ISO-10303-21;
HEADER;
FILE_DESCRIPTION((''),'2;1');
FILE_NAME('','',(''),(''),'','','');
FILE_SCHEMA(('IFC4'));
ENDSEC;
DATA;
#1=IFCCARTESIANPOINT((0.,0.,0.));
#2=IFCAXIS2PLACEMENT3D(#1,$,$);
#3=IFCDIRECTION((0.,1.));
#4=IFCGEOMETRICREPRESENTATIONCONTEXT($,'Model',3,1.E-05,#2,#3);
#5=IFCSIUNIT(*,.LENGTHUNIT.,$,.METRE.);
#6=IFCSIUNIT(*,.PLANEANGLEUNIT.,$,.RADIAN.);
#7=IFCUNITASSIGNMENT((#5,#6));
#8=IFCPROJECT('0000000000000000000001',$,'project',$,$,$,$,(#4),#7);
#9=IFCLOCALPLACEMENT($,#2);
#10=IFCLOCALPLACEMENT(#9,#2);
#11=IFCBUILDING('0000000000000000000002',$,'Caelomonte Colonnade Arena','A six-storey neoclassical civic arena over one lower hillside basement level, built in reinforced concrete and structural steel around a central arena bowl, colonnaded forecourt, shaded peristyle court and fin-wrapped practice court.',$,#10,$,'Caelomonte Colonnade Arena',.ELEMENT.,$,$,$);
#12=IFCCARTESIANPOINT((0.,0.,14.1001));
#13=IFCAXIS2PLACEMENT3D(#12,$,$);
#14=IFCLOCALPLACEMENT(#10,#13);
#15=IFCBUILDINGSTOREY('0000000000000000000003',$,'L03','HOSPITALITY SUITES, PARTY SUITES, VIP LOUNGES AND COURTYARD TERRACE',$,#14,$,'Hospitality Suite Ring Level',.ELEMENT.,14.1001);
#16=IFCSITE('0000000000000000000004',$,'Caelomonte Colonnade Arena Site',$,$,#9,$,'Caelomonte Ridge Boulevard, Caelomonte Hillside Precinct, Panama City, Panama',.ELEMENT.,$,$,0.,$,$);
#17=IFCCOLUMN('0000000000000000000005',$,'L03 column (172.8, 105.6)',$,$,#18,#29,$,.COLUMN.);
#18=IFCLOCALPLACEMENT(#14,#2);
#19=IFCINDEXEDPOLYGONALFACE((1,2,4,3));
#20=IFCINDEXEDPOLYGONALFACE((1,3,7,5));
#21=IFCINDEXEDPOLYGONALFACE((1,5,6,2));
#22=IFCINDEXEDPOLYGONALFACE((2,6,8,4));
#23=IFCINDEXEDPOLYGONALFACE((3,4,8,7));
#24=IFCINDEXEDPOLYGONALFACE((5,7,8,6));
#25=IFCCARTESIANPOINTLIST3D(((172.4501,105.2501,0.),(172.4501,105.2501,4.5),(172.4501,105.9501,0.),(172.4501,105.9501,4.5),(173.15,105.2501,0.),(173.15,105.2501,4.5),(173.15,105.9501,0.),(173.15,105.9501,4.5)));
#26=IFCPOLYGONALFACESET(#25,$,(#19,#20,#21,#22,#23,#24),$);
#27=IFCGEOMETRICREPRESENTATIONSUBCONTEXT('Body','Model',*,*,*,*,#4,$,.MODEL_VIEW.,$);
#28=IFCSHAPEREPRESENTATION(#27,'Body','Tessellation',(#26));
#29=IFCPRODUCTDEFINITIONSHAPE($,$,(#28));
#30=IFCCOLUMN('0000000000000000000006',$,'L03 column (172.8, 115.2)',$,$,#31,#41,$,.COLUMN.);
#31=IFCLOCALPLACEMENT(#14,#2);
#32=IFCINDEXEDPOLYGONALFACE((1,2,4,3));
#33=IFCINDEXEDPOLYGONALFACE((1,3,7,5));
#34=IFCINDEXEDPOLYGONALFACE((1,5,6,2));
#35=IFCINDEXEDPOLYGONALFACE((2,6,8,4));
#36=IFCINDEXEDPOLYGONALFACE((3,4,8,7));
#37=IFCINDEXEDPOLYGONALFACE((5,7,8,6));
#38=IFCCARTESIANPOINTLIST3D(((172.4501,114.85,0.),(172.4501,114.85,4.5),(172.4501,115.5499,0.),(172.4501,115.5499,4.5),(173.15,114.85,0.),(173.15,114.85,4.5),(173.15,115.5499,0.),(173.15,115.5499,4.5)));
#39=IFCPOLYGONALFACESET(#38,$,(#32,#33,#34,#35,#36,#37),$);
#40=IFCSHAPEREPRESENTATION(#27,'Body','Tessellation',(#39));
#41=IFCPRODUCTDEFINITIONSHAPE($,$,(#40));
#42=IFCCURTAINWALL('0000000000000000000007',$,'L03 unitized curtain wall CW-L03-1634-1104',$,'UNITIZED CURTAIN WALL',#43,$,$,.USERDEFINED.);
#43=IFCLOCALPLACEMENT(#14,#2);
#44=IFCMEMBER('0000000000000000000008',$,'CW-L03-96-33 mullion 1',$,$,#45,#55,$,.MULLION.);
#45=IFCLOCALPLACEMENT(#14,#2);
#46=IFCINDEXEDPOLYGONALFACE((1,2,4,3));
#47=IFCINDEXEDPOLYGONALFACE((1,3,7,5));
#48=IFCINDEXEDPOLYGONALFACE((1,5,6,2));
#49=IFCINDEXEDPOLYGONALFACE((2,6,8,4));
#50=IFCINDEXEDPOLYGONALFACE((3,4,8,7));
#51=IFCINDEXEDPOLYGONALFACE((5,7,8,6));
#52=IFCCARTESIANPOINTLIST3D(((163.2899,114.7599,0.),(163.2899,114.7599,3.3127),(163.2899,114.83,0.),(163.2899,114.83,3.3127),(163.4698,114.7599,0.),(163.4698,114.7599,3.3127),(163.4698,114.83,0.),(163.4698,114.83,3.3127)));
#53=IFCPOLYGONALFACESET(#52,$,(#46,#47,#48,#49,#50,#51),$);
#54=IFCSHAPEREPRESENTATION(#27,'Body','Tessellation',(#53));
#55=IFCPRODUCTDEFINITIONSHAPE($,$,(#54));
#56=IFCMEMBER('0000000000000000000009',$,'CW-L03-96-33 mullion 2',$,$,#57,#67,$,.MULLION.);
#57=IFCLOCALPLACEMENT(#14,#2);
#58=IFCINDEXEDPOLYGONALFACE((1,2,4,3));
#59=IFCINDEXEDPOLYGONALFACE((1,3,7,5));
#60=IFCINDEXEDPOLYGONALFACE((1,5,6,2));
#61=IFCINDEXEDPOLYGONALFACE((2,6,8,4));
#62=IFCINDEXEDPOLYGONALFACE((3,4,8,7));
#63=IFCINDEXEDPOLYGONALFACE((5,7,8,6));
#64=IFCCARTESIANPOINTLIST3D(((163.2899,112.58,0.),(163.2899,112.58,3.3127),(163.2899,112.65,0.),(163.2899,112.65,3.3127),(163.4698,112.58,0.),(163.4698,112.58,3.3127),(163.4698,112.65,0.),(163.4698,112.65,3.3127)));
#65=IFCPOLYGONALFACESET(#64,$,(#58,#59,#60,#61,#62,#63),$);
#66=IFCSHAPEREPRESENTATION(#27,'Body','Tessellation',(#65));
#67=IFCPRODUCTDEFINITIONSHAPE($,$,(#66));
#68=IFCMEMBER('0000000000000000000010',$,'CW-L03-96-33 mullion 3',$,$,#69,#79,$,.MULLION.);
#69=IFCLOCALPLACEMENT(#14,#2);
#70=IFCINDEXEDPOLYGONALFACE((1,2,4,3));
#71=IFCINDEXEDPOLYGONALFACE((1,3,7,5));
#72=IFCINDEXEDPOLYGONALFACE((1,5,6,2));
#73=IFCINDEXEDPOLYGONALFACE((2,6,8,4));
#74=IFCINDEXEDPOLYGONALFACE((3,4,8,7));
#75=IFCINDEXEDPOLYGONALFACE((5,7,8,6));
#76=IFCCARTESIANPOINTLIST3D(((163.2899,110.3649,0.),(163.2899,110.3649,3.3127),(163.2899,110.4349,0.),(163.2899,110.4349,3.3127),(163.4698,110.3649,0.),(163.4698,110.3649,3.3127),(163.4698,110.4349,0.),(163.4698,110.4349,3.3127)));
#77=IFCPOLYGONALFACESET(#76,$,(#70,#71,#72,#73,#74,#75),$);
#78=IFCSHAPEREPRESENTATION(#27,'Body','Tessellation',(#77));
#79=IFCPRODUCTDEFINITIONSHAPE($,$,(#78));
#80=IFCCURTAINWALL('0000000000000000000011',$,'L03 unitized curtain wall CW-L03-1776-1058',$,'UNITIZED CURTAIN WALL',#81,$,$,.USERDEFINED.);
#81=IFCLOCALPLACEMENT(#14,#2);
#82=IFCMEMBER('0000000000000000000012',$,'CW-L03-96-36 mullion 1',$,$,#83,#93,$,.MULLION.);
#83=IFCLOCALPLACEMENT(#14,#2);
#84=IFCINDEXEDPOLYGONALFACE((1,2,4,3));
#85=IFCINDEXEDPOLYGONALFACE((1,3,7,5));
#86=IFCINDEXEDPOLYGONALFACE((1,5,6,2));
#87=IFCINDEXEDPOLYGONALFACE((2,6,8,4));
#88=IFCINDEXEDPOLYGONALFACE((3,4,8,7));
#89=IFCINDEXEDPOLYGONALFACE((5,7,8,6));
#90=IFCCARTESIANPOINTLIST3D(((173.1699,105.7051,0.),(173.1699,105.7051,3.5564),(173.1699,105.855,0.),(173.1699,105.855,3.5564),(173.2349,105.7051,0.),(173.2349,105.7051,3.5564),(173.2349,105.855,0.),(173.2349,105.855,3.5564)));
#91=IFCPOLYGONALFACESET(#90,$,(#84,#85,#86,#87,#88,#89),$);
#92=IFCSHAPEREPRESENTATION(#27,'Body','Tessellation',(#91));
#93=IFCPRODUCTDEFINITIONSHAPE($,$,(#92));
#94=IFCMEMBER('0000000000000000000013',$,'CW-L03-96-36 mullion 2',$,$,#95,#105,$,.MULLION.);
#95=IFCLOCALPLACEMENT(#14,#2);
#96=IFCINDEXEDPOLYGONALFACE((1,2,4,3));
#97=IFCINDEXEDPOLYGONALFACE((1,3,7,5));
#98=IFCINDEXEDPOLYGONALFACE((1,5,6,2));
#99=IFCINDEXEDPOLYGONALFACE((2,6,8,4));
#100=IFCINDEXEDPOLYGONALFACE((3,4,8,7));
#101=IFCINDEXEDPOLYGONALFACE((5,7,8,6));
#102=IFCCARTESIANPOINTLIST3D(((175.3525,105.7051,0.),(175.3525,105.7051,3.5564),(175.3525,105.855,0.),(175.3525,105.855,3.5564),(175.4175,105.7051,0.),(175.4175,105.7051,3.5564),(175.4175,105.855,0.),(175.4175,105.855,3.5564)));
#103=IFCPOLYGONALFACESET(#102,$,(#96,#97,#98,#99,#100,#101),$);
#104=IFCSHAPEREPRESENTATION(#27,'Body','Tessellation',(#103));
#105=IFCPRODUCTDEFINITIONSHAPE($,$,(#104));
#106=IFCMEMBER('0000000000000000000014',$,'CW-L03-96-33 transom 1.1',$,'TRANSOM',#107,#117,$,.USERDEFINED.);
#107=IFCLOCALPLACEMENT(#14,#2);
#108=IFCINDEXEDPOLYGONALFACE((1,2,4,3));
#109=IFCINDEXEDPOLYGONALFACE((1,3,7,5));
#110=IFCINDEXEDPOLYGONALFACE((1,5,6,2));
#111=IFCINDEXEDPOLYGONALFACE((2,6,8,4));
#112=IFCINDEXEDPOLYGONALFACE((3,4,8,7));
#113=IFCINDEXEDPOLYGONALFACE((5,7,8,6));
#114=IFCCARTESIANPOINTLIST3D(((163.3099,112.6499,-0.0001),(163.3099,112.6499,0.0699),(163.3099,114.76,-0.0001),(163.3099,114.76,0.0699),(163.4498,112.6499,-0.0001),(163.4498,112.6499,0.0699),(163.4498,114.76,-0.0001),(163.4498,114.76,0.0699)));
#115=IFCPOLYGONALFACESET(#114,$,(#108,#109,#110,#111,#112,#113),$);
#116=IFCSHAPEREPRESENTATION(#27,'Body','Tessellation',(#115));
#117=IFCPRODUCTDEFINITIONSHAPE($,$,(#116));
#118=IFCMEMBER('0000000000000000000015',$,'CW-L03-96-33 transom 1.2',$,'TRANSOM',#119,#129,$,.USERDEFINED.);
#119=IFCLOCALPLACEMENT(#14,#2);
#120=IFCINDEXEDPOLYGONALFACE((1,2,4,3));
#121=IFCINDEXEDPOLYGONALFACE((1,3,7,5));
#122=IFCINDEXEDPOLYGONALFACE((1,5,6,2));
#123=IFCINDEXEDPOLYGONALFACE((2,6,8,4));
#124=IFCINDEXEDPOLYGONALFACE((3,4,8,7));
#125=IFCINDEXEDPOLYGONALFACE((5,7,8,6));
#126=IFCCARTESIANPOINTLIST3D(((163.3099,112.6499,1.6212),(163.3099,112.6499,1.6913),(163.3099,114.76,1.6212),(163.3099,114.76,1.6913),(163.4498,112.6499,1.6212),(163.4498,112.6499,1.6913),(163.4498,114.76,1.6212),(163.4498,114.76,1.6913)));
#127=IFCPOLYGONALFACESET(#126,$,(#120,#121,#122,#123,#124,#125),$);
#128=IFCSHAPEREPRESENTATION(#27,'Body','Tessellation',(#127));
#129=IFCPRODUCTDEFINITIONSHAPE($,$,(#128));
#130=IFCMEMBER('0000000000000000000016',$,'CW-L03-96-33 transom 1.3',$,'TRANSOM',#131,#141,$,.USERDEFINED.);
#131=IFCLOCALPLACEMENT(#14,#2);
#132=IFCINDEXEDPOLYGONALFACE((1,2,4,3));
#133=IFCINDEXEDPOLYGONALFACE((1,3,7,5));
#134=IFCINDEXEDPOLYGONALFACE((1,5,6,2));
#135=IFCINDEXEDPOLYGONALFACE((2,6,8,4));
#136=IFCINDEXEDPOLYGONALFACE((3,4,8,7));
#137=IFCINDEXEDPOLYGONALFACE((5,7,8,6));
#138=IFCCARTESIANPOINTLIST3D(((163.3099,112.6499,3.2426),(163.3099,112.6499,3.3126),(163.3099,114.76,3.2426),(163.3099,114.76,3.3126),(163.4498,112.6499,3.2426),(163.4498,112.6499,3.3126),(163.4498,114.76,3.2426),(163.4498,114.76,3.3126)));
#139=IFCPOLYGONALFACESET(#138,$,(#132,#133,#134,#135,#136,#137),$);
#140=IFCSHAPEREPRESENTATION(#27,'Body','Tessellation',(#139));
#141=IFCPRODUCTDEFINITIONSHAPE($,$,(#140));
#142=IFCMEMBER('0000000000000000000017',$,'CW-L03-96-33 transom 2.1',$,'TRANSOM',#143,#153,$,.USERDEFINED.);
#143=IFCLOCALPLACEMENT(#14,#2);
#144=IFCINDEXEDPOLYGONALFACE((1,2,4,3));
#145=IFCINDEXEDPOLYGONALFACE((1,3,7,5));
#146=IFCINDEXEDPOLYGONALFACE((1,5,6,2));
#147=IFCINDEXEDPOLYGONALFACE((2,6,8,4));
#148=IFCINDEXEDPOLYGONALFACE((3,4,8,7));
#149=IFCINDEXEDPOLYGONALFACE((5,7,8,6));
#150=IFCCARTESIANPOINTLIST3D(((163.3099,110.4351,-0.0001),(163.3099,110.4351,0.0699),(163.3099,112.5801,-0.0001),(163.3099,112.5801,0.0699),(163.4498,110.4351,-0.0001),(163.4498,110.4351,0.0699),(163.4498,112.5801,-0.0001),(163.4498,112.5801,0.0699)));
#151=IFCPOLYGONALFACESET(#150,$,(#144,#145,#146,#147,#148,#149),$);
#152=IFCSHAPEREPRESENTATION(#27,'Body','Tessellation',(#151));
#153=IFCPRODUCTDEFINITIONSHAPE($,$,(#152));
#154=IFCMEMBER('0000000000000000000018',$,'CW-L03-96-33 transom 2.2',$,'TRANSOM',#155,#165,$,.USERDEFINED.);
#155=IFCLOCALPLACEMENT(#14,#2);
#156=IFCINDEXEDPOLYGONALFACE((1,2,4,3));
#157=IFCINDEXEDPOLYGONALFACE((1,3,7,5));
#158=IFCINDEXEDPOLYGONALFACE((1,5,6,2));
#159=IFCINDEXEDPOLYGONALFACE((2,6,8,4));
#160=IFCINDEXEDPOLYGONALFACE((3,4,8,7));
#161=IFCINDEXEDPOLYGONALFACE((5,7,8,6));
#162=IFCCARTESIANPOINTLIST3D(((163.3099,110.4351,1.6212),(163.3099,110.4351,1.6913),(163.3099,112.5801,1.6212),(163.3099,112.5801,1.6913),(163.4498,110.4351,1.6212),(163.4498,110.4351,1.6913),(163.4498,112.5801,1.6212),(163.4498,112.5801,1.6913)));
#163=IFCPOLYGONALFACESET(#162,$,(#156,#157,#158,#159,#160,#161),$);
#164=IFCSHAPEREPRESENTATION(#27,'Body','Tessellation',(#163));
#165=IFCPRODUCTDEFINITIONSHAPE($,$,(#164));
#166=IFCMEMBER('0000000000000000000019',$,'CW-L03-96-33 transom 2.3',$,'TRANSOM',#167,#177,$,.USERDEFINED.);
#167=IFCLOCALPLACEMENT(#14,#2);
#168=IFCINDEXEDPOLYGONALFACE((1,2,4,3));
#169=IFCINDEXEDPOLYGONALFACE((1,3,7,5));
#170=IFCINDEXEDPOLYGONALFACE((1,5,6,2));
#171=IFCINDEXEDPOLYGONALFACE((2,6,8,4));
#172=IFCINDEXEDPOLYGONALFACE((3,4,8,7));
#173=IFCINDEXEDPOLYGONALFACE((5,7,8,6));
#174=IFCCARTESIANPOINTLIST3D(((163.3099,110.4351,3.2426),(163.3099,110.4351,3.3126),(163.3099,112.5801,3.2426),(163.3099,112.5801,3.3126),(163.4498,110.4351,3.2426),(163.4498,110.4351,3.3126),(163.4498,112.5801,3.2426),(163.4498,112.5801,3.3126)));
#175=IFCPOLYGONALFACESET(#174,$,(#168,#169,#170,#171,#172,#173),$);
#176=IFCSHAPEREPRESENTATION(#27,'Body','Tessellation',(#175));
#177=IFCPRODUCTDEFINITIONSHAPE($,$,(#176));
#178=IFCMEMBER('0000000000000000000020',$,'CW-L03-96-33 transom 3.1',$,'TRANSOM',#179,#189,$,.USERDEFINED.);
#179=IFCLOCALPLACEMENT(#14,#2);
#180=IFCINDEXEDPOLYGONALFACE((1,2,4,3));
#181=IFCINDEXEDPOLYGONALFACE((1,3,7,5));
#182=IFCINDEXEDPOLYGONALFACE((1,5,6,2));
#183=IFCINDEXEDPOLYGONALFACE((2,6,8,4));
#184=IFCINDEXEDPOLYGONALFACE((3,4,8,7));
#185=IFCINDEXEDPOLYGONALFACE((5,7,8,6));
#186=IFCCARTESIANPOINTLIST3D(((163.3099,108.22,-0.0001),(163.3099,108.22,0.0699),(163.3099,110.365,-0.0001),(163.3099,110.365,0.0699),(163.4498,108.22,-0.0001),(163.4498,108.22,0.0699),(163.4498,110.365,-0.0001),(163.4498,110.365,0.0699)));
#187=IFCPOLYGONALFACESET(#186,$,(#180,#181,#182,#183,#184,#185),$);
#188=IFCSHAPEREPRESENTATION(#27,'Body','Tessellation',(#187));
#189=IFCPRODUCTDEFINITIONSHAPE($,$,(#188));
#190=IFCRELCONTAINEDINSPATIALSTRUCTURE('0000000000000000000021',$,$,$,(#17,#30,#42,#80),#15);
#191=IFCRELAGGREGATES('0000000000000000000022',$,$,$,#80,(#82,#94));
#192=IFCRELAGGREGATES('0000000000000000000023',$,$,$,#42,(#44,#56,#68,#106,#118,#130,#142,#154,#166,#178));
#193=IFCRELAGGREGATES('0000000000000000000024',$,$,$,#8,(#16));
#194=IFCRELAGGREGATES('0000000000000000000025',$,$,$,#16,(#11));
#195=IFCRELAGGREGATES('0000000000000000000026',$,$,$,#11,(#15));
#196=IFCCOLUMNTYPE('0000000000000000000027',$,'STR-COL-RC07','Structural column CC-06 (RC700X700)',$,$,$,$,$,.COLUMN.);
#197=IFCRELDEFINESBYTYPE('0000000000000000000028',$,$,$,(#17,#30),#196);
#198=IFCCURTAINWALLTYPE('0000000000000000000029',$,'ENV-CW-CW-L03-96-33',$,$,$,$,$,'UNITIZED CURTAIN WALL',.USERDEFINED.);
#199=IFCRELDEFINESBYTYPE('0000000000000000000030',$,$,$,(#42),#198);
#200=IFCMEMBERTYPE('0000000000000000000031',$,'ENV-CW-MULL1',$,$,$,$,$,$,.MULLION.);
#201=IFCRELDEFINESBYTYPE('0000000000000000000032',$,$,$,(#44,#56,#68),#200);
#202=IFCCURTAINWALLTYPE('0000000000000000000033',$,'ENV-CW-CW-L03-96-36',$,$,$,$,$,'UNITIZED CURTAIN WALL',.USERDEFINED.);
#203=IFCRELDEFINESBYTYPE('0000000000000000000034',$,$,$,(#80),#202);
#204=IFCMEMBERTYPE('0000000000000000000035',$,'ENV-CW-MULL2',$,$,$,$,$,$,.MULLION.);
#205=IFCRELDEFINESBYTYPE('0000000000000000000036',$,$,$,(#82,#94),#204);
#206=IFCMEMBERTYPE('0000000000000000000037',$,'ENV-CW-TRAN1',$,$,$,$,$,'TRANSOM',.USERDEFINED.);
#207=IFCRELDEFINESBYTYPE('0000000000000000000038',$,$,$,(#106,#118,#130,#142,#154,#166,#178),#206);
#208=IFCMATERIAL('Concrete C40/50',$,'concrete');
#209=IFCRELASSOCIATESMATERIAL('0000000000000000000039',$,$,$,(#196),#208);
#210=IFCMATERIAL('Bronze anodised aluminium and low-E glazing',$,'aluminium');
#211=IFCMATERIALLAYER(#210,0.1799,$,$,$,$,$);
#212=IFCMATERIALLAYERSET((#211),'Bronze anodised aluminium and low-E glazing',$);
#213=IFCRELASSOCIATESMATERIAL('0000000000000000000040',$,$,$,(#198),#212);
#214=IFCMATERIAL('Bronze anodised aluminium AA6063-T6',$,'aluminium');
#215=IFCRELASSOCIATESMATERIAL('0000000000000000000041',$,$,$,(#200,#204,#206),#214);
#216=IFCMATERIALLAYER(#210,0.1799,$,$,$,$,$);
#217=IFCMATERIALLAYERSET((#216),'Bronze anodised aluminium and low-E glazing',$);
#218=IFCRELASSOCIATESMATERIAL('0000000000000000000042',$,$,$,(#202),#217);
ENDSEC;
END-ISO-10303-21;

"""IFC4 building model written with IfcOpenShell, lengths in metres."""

from ifc_helpers import new_model, si_unit, direction, frame, origin, origin_2d, place, context, subcontext, project, spatial, rectangle, extrude, material, layer, layer_set, material_profile, profile_set, type_object, element, aggregate, save


model = new_model("IFC4")

# Units and contexts
model_context = context("Model", 3, precision=1e-05, world=origin(), true_north=direction((0.0, 1.0)))
body_context = subcontext(model_context, "Body", "Model", "MODEL_VIEW")
ifc_project = project(units=[si_unit("LENGTHUNIT", "METRE"), si_unit("PLANEANGLEUNIT", "RADIAN")], contexts=[model_context])

# Site, building, storey
site_placement = place(None, origin())
site = spatial("IfcSite", under=ifc_project, at=site_placement, Name="Caelomonte Colonnade Arena Site", LongName="Caelomonte Ridge Boulevard, Caelomonte Hillside Precinct, Panama City, Panama", CompositionType="ELEMENT", RefElevation=0.0)
building_placement = place(site_placement, origin())
building = spatial("IfcBuilding", under=site, at=building_placement, Name="Caelomonte Colonnade Arena", Description="A six-storey neoclassical civic arena over one lower hillside basement level, built in reinforced concrete and structural steel around a central arena bowl, colonnaded forecourt, shaded peristyle court and fin-wrapped practice court.", LongName="Caelomonte Colonnade Arena", CompositionType="ELEMENT")
storey_placement = place(building_placement, frame((0.0, 0.0, 14.1001)))
storey = spatial("IfcBuildingStorey", under=building, at=storey_placement, Name="L03", Description="HOSPITALITY SUITES, PARTY SUITES, VIP LOUNGES AND COURTYARD TERRACE", LongName="Hospitality Suite Ring Level", CompositionType="ELEMENT", Elevation=14.1001)

# Columns
ifc_material_1 = material(Name="Concrete C40/50", Category="concrete")
ifc_material_profile_1 = material_profile(ifc_material_1, rectangle(XDim=0.7, YDim=0.7, at=origin_2d()), Name="RC700X700")
ifc_profile_set_1 = profile_set([ifc_material_profile_1], Name="Concrete C40/50")
column_type = type_object("IfcColumnType", Name="STR-COL-RC07", Description="Structural column CC-06 (RC700X700)", PredefinedType="COLUMN", material=ifc_profile_set_1)
for number, where, z_axis, x_axis, name in (
    (1, (172.8, 105.6001, 0.0), (0.0, 0.0, 1.0), (1.0, 0.0, 0.0), "L03 column (172.8, 105.6)"),
    (2, (172.8, 115.2, 0.0), (0.0, 0.0, 1.0), (1.0, 0.0, 0.0), "L03 column (172.8, 115.2)"),
):
    element("IfcColumn", number, at=place(storey_placement, frame(where, z_axis=z_axis, x_axis=x_axis)), inside=storey, type_object=column_type, Name=name, PredefinedType="COLUMN", context=body_context, shape_type="SweptSolid", body=[
        extrude(rectangle(XDim=0.7, YDim=0.7, at=origin_2d()), origin(), (0.0, 0.0, 1.0), 4.5),
    ])

# Curtain walls, members
ifc_material_2 = material(Name="Bronze anodised aluminium and low-E glazing", Category="aluminium")
ifc_layer_1 = layer(ifc_material_2, 0.1799)
ifc_layer_set_1 = layer_set([ifc_layer_1], Name="Bronze anodised aluminium and low-E glazing")
curtain_wall_type_1 = type_object("IfcCurtainWallType", Name="ENV-CW-CW-L03-96-33", ElementType="UNITIZED CURTAIN WALL", PredefinedType="USERDEFINED", material=ifc_layer_set_1)
curtain_wall_1_placement = place(storey_placement, origin())
curtain_wall_1 = element("IfcCurtainWall", 3, at=curtain_wall_1_placement, inside=storey, type_object=curtain_wall_type_1, Name="L03 unitized curtain wall CW-L03-1634-1104", ObjectType="UNITIZED CURTAIN WALL", PredefinedType="USERDEFINED")
ifc_material_3 = material(Name="Bronze anodised aluminium AA6063-T6", Category="aluminium")
ifc_material_profile_2 = material_profile(ifc_material_3, rectangle(XDim=0.0701, YDim=0.1799, at=origin_2d()), Name="CWM-70X180")
ifc_profile_set_2 = profile_set([ifc_material_profile_2], Name="Bronze anodised aluminium AA6063-T6")
member_type_1 = type_object("IfcMemberType", Name="ENV-CW-MULL1", PredefinedType="MULLION", material=ifc_profile_set_2)
member_1_placement = place(storey_placement, frame((163.3799, 114.7949, 0.0), z_axis=(0.0, 0.0, 1.0), x_axis=(0.0, -1.0, 0.0)))
member_1 = element("IfcMember", 4, at=member_1_placement, type_object=member_type_1, Name="CW-L03-96-33 mullion 1", PredefinedType="MULLION", context=body_context, shape_type="SweptSolid", body=[
    extrude(rectangle(XDim=0.0701, YDim=0.1799, at=origin_2d()), origin(), (0.0, 0.0, 1.0), 3.3127),
])
member_2_placement = place(storey_placement, frame((163.3799, 112.615, 0.0), z_axis=(0.0, 0.0, 1.0), x_axis=(0.0, -1.0, 0.0)))
member_2 = element("IfcMember", 5, at=member_2_placement, type_object=member_type_1, Name="CW-L03-96-33 mullion 2", PredefinedType="MULLION", context=body_context, shape_type="SweptSolid", body=[
    extrude(rectangle(XDim=0.0701, YDim=0.1799, at=origin_2d()), origin(), (0.0, 0.0, 1.0), 3.3127),
])
member_3_placement = place(storey_placement, frame((163.3799, 110.3999, 0.0), z_axis=(0.0, 0.0, 1.0), x_axis=(0.0, -1.0, 0.0)))
member_3 = element("IfcMember", 6, at=member_3_placement, type_object=member_type_1, Name="CW-L03-96-33 mullion 3", PredefinedType="MULLION", context=body_context, shape_type="SweptSolid", body=[
    extrude(rectangle(XDim=0.0701, YDim=0.1799, at=origin_2d()), origin(), (0.0, 0.0, 1.0), 3.3127),
])
ifc_layer_2 = layer(ifc_material_2, 0.1799)
ifc_layer_set_2 = layer_set([ifc_layer_2], Name="Bronze anodised aluminium and low-E glazing")
curtain_wall_type_2 = type_object("IfcCurtainWallType", Name="ENV-CW-CW-L03-96-36", ElementType="UNITIZED CURTAIN WALL", PredefinedType="USERDEFINED", material=ifc_layer_set_2)
curtain_wall_2_placement = place(storey_placement, origin())
curtain_wall_2 = element("IfcCurtainWall", 7, at=curtain_wall_2_placement, inside=storey, type_object=curtain_wall_type_2, Name="L03 unitized curtain wall CW-L03-1776-1058", ObjectType="UNITIZED CURTAIN WALL", PredefinedType="USERDEFINED")
ifc_material_profile_3 = material_profile(ifc_material_3, rectangle(XDim=0.0649, YDim=0.1499, at=origin_2d()), Name="CWM-65X150")
ifc_profile_set_3 = profile_set([ifc_material_profile_3], Name="Bronze anodised aluminium AA6063-T6")
member_type_2 = type_object("IfcMemberType", Name="ENV-CW-MULL2", PredefinedType="MULLION", material=ifc_profile_set_3)
member_4_placement = place(storey_placement, frame((173.2024, 105.78, 0.0), z_axis=(0.0, 0.0, 1.0), x_axis=(1.0, 0.0, 0.0)))
member_4 = element("IfcMember", 8, at=member_4_placement, type_object=member_type_2, Name="CW-L03-96-36 mullion 1", PredefinedType="MULLION", context=body_context, shape_type="SweptSolid", body=[
    extrude(rectangle(XDim=0.0649, YDim=0.1499, at=origin_2d()), origin(), (0.0, 0.0, 1.0), 3.5564),
])
member_5_placement = place(storey_placement, frame((175.385, 105.78, 0.0), z_axis=(0.0, 0.0, 1.0), x_axis=(1.0, 0.0, 0.0)))
member_5 = element("IfcMember", 9, at=member_5_placement, type_object=member_type_2, Name="CW-L03-96-36 mullion 2", PredefinedType="MULLION", context=body_context, shape_type="SweptSolid", body=[
    extrude(rectangle(XDim=0.0649, YDim=0.1499, at=origin_2d()), origin(), (0.0, 0.0, 1.0), 3.5564),
])

# Members
ifc_material_profile_4 = material_profile(ifc_material_3, rectangle(XDim=0.0701, YDim=0.1399, at=origin_2d()), Name="CWT-70X140")
ifc_profile_set_4 = profile_set([ifc_material_profile_4], Name="Bronze anodised aluminium AA6063-T6")
member_type_3 = type_object("IfcMemberType", Name="ENV-CW-TRAN1", ElementType="TRANSOM", PredefinedType="USERDEFINED", material=ifc_profile_set_4)
member_6_placement = place(storey_placement, frame((163.3799, 114.76, 0.0349), z_axis=(0.0, -1.0, 0.0), x_axis=(0.0, 0.0, 1.0)))
member_6 = element("IfcMember", 10, at=member_6_placement, type_object=member_type_3, Name="CW-L03-96-33 transom 1.1", ObjectType="TRANSOM", PredefinedType="USERDEFINED", context=body_context, shape_type="SweptSolid", body=[
    extrude(rectangle(XDim=0.0701, YDim=0.1399, at=origin_2d()), origin(), (0.0, 0.0, 1.0), 2.1101),
])
member_7_placement = place(storey_placement, frame((163.3799, 114.76, 1.6562), z_axis=(0.0, -1.0, 0.0), x_axis=(0.0, 0.0, 1.0)))
member_7 = element("IfcMember", 11, at=member_7_placement, type_object=member_type_3, Name="CW-L03-96-33 transom 1.2", ObjectType="TRANSOM", PredefinedType="USERDEFINED", context=body_context, shape_type="SweptSolid", body=[
    extrude(rectangle(XDim=0.0701, YDim=0.1399, at=origin_2d()), origin(), (0.0, 0.0, 1.0), 2.1101),
])
member_8_placement = place(storey_placement, frame((163.3799, 114.76, 3.2776), z_axis=(0.0, -1.0, 0.0), x_axis=(0.0, 0.0, 1.0)))
member_8 = element("IfcMember", 12, at=member_8_placement, type_object=member_type_3, Name="CW-L03-96-33 transom 1.3", ObjectType="TRANSOM", PredefinedType="USERDEFINED", context=body_context, shape_type="SweptSolid", body=[
    extrude(rectangle(XDim=0.0701, YDim=0.1399, at=origin_2d()), origin(), (0.0, 0.0, 1.0), 2.1101),
])
member_9_placement = place(storey_placement, frame((163.3799, 112.5801, 0.0349), z_axis=(0.0, -1.0, 0.0), x_axis=(0.0, 0.0, 1.0)))
member_9 = element("IfcMember", 13, at=member_9_placement, type_object=member_type_3, Name="CW-L03-96-33 transom 2.1", ObjectType="TRANSOM", PredefinedType="USERDEFINED", context=body_context, shape_type="SweptSolid", body=[
    extrude(rectangle(XDim=0.0701, YDim=0.1399, at=origin_2d()), origin(), (0.0, 0.0, 1.0), 2.145),
])
member_10_placement = place(storey_placement, frame((163.3799, 112.5801, 1.6562), z_axis=(0.0, -1.0, 0.0), x_axis=(0.0, 0.0, 1.0)))
member_10 = element("IfcMember", 14, at=member_10_placement, type_object=member_type_3, Name="CW-L03-96-33 transom 2.2", ObjectType="TRANSOM", PredefinedType="USERDEFINED", context=body_context, shape_type="SweptSolid", body=[
    extrude(rectangle(XDim=0.0701, YDim=0.1399, at=origin_2d()), origin(), (0.0, 0.0, 1.0), 2.145),
])
member_11_placement = place(storey_placement, frame((163.3799, 112.5801, 3.2776), z_axis=(0.0, -1.0, 0.0), x_axis=(0.0, 0.0, 1.0)))
member_11 = element("IfcMember", 15, at=member_11_placement, type_object=member_type_3, Name="CW-L03-96-33 transom 2.3", ObjectType="TRANSOM", PredefinedType="USERDEFINED", context=body_context, shape_type="SweptSolid", body=[
    extrude(rectangle(XDim=0.0701, YDim=0.1399, at=origin_2d()), origin(), (0.0, 0.0, 1.0), 2.145),
])
member_12_placement = place(storey_placement, frame((163.3799, 110.365, 0.0349), z_axis=(0.0, -1.0, 0.0), x_axis=(0.0, 0.0, 1.0)))
member_12 = element("IfcMember", 16, at=member_12_placement, type_object=member_type_3, Name="CW-L03-96-33 transom 3.1", ObjectType="TRANSOM", PredefinedType="USERDEFINED", context=body_context, shape_type="SweptSolid", body=[
    extrude(rectangle(XDim=0.0701, YDim=0.1399, at=origin_2d()), origin(), (0.0, 0.0, 1.0), 2.145),
])

aggregate(curtain_wall_2, [member_4, member_5])
aggregate(curtain_wall_1, [member_1, member_2, member_3, member_6, member_7, member_8, member_9, member_10, member_11, member_12])

save(model, "model.ifc")
